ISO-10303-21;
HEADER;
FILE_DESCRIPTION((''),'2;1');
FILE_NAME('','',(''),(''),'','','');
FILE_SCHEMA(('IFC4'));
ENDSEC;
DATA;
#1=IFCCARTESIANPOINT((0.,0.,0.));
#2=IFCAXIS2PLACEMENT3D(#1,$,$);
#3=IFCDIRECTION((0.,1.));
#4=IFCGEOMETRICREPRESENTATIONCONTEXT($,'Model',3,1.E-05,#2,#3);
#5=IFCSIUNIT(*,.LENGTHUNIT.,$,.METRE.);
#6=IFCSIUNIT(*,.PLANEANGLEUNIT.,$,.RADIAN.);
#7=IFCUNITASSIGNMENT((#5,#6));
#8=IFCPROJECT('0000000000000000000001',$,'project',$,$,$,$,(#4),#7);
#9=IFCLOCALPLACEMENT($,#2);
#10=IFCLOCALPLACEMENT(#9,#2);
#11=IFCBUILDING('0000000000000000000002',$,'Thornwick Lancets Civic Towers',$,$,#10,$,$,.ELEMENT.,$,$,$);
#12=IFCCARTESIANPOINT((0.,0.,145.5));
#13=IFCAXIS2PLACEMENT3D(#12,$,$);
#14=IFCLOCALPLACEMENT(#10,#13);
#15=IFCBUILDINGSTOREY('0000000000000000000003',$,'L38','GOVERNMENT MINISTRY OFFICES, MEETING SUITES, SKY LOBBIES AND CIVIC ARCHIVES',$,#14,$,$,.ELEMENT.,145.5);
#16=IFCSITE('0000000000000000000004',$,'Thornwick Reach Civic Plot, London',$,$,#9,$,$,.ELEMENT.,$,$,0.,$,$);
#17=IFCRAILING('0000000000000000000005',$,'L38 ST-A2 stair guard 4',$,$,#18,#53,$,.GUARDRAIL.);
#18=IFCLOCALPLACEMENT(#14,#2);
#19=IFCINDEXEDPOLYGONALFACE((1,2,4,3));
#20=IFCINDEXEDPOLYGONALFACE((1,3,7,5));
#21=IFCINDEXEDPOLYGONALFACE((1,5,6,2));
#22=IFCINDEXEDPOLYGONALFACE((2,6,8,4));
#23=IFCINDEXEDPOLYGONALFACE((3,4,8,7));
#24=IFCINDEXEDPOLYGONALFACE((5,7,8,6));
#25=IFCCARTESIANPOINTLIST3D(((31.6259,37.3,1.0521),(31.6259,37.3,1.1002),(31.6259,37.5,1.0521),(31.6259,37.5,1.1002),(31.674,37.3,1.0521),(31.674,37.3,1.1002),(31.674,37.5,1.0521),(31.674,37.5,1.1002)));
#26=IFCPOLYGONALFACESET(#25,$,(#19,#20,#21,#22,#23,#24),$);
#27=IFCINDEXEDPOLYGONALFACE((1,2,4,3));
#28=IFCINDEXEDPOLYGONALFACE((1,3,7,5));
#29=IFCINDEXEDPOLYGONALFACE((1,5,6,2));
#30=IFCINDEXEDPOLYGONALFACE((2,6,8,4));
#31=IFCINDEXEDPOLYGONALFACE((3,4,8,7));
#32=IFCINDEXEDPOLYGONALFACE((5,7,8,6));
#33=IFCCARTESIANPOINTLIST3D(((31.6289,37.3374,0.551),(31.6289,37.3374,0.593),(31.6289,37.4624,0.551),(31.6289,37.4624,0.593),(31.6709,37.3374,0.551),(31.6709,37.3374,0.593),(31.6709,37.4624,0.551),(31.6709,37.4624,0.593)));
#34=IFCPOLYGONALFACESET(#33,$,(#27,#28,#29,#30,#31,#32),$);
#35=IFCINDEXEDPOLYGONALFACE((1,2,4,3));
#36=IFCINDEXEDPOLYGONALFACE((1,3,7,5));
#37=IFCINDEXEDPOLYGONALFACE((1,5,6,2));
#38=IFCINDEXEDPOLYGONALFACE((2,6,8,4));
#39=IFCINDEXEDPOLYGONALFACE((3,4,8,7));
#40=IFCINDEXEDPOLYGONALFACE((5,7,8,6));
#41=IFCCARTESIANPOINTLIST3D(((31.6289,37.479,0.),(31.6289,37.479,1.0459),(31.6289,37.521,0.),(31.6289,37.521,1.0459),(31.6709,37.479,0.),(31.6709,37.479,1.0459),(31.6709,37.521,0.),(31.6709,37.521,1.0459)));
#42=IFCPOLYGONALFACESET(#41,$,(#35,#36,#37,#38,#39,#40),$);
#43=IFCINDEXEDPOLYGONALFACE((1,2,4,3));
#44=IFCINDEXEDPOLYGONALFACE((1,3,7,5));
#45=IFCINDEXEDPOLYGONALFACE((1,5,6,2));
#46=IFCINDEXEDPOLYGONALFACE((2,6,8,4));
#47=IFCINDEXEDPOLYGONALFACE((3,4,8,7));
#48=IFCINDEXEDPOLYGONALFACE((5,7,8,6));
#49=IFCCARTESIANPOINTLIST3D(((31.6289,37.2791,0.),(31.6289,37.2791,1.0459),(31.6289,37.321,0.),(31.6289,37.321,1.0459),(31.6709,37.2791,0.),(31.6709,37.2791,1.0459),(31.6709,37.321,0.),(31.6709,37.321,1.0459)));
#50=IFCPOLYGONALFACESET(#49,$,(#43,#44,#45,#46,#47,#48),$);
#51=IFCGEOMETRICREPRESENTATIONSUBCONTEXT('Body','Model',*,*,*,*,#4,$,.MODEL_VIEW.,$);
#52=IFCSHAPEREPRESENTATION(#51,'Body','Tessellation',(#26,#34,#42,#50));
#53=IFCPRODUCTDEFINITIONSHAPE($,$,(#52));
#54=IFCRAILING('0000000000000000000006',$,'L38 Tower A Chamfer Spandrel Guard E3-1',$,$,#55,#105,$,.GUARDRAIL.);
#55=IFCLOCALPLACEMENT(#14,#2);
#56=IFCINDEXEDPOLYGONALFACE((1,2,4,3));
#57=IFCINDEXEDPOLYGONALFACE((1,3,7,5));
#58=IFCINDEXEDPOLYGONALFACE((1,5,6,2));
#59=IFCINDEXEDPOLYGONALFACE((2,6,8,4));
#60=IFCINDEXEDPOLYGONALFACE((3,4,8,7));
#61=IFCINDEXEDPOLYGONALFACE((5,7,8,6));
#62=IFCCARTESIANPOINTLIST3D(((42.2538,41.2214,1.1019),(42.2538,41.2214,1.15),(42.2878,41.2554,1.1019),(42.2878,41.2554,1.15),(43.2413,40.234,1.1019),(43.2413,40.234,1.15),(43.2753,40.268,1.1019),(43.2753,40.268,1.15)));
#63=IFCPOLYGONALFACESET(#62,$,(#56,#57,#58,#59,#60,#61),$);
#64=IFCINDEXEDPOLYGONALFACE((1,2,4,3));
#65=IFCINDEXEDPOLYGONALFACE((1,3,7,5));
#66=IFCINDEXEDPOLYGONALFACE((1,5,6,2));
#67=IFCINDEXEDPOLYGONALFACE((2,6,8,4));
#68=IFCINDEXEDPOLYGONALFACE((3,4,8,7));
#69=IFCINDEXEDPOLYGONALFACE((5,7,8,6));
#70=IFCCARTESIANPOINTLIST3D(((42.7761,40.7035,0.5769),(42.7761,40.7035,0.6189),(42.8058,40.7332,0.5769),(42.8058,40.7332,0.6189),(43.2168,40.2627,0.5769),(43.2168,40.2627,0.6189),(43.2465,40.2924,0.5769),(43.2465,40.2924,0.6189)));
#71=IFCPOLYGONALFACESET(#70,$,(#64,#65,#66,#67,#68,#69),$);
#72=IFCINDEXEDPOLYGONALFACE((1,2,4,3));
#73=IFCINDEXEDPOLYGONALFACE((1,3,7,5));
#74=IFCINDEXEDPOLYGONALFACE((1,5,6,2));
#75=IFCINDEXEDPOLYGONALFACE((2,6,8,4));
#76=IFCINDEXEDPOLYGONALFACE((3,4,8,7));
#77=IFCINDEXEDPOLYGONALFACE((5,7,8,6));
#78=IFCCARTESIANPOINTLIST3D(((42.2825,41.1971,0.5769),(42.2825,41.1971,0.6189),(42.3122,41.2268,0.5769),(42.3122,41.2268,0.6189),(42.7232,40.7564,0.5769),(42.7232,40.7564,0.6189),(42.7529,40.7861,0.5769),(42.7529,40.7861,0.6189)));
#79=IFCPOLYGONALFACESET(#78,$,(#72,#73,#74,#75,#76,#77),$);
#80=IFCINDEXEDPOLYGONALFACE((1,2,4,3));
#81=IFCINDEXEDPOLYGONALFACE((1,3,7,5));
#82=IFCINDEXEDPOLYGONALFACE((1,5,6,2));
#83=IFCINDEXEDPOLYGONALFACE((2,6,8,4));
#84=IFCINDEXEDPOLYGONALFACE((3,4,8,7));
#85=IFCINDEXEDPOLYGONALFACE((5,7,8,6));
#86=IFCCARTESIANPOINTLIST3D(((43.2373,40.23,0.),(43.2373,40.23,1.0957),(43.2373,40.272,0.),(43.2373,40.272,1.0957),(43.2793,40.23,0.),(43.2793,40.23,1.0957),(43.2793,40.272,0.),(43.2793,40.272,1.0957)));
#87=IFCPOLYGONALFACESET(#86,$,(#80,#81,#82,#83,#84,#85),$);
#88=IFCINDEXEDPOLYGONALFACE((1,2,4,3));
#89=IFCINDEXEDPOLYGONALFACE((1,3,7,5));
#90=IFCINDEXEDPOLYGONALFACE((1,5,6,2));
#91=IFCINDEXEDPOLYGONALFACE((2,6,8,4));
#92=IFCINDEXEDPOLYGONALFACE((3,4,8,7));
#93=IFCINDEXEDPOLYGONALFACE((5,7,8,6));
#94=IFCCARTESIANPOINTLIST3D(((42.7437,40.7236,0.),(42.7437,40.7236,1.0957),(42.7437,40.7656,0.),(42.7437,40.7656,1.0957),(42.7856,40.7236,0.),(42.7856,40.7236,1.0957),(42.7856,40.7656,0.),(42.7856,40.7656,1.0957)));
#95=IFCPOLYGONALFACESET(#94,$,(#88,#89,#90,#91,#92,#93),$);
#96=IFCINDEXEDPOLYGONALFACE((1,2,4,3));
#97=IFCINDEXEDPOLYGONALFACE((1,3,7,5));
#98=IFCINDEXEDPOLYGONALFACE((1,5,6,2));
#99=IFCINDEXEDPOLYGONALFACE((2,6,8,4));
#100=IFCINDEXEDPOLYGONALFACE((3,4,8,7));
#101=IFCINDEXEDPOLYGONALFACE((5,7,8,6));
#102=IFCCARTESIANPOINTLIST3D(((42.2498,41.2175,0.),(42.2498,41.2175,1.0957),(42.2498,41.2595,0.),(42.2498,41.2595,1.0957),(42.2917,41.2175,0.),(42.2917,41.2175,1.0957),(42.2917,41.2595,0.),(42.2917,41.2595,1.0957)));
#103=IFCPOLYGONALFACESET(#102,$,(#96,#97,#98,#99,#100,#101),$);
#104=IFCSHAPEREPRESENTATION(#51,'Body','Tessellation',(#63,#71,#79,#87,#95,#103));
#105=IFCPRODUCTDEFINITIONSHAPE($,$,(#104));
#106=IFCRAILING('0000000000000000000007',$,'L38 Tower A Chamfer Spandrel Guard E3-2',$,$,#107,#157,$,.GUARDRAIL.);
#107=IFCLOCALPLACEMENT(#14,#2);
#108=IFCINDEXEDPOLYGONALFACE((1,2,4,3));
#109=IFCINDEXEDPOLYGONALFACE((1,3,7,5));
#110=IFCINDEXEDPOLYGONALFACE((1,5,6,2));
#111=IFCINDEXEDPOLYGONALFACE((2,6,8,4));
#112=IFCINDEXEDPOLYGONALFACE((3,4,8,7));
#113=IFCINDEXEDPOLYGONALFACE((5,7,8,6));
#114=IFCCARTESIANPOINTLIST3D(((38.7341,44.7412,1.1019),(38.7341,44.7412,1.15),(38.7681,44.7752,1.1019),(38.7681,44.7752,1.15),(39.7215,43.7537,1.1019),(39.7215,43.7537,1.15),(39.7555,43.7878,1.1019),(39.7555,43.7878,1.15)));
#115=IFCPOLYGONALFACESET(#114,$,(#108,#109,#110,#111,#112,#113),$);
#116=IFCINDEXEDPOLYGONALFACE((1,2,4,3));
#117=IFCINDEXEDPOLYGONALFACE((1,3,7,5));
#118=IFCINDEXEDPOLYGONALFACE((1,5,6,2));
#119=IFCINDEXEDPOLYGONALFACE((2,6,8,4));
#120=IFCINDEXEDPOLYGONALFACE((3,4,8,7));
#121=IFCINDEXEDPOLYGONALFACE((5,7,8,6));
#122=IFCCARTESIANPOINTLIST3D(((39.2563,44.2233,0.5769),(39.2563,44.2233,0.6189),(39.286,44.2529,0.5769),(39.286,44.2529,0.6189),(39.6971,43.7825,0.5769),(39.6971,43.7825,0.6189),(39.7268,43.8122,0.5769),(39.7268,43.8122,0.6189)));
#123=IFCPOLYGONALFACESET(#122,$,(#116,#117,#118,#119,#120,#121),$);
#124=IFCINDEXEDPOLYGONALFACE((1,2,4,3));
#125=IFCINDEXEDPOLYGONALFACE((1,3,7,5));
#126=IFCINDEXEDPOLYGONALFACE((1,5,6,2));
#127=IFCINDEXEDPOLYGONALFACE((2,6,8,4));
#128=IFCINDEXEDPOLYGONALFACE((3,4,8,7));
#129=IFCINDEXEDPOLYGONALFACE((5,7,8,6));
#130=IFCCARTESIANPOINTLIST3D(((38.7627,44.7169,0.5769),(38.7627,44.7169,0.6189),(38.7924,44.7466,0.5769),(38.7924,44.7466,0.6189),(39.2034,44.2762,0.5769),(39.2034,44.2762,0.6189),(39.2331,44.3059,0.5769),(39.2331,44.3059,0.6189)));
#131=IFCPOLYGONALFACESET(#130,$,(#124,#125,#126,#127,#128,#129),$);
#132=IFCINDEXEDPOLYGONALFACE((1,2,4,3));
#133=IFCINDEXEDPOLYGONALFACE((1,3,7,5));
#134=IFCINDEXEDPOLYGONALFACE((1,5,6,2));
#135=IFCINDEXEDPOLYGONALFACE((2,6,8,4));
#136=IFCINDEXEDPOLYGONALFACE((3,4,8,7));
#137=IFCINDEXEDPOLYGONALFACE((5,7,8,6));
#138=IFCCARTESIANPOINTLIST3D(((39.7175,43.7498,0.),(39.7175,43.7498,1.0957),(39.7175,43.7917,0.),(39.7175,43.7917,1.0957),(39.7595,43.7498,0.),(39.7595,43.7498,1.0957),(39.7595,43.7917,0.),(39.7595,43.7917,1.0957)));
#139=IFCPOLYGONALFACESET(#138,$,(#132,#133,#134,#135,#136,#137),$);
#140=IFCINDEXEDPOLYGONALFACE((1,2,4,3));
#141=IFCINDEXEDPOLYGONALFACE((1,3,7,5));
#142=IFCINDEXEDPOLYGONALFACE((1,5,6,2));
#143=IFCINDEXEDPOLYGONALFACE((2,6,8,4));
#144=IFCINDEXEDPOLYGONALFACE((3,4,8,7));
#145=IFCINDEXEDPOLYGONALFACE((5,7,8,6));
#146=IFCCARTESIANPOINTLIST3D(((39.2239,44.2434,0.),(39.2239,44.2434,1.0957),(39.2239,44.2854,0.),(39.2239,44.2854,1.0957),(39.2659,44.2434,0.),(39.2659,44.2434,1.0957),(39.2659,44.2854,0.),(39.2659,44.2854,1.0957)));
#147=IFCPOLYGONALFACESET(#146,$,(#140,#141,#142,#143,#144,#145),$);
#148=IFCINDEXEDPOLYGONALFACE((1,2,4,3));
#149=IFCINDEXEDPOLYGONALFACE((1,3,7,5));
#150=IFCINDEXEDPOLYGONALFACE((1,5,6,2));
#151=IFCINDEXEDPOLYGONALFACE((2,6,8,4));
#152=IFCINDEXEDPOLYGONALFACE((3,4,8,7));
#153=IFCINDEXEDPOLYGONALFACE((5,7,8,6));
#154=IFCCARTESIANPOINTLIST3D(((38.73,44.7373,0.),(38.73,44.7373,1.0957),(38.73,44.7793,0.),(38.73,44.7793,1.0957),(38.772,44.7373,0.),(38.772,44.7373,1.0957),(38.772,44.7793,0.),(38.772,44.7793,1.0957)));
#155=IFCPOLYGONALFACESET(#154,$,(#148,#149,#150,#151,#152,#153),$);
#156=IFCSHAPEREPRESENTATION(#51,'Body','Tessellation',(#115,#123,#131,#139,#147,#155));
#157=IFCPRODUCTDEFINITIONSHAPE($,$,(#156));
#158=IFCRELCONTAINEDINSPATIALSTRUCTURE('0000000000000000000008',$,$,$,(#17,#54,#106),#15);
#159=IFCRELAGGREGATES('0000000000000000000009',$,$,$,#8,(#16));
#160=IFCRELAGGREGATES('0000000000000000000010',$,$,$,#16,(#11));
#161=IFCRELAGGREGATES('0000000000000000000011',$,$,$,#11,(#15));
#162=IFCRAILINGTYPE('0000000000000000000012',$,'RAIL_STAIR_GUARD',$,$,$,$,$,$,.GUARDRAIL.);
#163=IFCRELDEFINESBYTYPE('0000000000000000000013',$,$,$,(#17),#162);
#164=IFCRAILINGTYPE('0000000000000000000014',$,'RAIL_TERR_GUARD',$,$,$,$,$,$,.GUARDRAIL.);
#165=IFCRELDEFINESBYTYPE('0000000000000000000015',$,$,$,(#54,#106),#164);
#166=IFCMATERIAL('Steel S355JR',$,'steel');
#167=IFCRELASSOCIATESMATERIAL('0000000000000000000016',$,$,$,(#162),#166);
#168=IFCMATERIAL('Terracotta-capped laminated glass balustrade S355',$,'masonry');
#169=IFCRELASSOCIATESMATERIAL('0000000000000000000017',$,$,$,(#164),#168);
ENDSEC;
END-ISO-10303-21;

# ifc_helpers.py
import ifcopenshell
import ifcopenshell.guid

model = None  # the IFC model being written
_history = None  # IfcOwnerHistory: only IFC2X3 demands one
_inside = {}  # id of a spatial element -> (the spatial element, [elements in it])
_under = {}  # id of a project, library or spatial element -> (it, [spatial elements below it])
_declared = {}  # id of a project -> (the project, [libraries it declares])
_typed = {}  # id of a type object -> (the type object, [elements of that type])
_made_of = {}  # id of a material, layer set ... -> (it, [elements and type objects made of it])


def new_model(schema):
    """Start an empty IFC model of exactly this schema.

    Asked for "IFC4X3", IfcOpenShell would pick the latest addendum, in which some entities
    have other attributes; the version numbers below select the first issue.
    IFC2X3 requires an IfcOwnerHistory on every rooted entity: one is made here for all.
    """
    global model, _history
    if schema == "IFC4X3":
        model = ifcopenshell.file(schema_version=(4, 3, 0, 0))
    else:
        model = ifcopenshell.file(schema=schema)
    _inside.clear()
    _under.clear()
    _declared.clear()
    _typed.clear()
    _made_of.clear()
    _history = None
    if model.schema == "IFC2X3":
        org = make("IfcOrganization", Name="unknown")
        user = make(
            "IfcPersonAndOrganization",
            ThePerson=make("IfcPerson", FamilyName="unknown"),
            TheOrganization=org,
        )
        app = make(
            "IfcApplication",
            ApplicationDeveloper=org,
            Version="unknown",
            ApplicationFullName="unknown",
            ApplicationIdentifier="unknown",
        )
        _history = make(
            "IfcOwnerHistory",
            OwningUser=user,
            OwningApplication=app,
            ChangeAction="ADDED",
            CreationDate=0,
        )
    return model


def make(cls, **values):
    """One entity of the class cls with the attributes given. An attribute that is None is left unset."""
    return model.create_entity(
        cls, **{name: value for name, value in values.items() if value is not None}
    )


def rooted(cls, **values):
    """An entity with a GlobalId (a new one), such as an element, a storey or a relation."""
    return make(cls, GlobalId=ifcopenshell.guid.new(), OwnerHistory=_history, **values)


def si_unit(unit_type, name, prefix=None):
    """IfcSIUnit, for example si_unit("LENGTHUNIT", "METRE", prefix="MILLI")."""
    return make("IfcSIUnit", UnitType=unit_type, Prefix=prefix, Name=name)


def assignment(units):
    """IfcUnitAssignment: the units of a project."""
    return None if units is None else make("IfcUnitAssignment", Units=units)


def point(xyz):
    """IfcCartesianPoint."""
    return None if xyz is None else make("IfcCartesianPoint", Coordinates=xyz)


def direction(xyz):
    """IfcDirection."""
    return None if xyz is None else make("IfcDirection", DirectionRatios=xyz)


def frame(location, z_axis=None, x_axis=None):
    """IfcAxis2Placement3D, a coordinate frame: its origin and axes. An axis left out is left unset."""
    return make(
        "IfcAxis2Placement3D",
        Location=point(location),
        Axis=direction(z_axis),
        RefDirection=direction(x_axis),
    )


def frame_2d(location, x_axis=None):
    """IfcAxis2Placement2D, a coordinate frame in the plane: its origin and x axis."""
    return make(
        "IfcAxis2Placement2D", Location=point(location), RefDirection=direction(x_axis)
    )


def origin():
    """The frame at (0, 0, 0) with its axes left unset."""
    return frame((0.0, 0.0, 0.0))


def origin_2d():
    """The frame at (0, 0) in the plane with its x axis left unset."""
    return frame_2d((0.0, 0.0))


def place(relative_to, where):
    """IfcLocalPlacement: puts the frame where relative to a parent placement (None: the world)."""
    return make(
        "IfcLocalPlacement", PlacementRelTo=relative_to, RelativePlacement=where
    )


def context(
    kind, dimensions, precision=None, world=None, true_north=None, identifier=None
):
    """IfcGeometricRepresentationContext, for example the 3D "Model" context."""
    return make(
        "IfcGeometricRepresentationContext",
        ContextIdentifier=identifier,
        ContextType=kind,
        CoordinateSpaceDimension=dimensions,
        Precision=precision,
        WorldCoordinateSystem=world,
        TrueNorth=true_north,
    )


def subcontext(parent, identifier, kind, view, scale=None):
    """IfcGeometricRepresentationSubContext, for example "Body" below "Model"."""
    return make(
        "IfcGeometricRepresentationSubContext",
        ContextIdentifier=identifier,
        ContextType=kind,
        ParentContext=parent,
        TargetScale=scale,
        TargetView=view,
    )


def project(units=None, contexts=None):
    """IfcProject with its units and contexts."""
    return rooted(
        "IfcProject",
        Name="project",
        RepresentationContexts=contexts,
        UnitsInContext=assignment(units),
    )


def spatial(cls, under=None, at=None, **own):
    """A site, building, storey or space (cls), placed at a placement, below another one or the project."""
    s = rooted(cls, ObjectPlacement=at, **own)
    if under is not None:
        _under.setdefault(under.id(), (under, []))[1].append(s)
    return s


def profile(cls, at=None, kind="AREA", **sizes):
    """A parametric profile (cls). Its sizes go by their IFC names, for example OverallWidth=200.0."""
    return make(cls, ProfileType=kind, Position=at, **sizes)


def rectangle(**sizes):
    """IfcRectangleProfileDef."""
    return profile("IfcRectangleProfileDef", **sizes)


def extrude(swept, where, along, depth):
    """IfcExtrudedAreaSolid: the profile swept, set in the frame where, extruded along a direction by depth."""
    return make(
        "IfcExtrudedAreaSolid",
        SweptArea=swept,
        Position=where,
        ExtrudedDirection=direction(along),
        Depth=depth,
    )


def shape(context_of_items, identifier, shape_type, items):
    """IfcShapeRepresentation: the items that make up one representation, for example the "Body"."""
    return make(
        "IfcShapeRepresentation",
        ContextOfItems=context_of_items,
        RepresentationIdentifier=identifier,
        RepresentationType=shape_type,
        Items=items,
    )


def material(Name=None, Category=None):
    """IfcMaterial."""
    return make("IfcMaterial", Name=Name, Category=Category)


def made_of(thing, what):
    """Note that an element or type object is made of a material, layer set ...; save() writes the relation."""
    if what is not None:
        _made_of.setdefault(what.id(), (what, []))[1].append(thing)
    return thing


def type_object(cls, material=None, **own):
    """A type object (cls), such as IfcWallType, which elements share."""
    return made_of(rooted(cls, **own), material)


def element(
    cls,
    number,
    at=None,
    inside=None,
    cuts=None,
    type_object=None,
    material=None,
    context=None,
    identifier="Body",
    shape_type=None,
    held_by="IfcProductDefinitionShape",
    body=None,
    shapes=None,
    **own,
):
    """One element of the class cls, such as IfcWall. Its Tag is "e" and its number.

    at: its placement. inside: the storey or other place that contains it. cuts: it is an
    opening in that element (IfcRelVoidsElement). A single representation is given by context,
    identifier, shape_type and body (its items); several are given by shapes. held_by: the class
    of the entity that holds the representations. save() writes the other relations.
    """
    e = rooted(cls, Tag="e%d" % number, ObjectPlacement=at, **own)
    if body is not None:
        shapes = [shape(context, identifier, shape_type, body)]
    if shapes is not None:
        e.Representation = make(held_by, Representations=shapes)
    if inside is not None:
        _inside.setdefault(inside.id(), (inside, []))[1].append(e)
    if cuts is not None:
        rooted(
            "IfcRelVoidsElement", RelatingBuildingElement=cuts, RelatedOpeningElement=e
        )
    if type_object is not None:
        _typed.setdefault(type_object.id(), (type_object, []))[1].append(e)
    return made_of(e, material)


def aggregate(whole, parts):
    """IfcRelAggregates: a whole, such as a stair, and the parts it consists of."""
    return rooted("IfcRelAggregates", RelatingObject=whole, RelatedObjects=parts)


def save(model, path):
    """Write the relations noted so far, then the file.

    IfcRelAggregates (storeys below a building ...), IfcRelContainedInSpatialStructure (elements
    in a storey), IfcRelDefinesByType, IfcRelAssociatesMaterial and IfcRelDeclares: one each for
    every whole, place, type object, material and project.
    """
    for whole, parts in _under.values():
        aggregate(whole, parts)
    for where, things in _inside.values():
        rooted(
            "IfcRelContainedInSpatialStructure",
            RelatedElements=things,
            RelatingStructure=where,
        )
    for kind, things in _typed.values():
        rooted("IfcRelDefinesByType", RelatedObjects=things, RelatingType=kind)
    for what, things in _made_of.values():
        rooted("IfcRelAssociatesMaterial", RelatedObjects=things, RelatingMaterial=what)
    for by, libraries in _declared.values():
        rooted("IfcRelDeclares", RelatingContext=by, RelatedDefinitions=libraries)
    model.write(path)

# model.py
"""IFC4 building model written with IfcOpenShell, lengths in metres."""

from ifc_helpers import new_model, si_unit, direction, frame, origin, origin_2d, place, context, subcontext, project, spatial, rectangle, extrude, material, type_object, element, save


model = new_model("IFC4")

# Units and contexts
model_context = context("Model", 3, precision=1e-05, world=origin(), true_north=direction((0.0, 1.0)))
body_context = subcontext(model_context, "Body", "Model", "MODEL_VIEW")
ifc_project = project(units=[si_unit("LENGTHUNIT", "METRE"), si_unit("PLANEANGLEUNIT", "RADIAN")], contexts=[model_context])

# Site, building, storey
site_placement = place(None, origin())
site = spatial("IfcSite", under=ifc_project, at=site_placement, Name="Thornwick Reach Civic Plot, London", CompositionType="ELEMENT", RefElevation=0.0)
building_placement = place(site_placement, origin())
building = spatial("IfcBuilding", under=site, at=building_placement, Name="Thornwick Lancets Civic Towers", CompositionType="ELEMENT")
storey_placement = place(building_placement, frame((0.0, 0.0, 145.5)))
storey = spatial("IfcBuildingStorey", under=building, at=storey_placement, Name="L38", Description="GOVERNMENT MINISTRY OFFICES, MEETING SUITES, SKY LOBBIES AND CIVIC ARCHIVES", CompositionType="ELEMENT", Elevation=145.5)

# Shared definitions
ifc_material_1 = material(Name="Steel S355JR", Category="steel")

# Railings
railing_type_1 = type_object("IfcRailingType", Name="RAIL_STAIR_GUARD", PredefinedType="GUARDRAIL", material=ifc_material_1)
railing_1_placement = place(storey_placement, frame((31.6499, 37.5, 0.0)))
element("IfcRailing", 1, at=railing_1_placement, inside=storey, type_object=railing_type_1, Name="L38 ST-A2 stair guard 4", PredefinedType="GUARDRAIL", context=body_context, shape_type="SweptSolid", body=[
    extrude(rectangle(XDim=0.0481, YDim=0.0481, at=origin_2d()), frame((0.0, 0.0, 1.0762), z_axis=(0.0, -1.0, 0.0), x_axis=(1.0, 0.0, 0.0)), (0.0, 0.0, 1.0), 0.2),
    extrude(rectangle(XDim=0.042, YDim=0.042, at=origin_2d()), frame((0.0, -0.0376, 0.572), z_axis=(0.0, -1.0, 0.0), x_axis=(1.0, 0.0, 0.0)), (0.0, 0.0, 1.0), 0.125),
    extrude(rectangle(XDim=0.042, YDim=0.042, at=origin_2d()), origin(), (0.0, 0.0, 1.0), 1.0459),
    extrude(rectangle(XDim=0.042, YDim=0.042, at=origin_2d()), frame((0.0, -0.2, 0.0)), (0.0, 0.0, 1.0), 1.0459),
])
ifc_material_2 = material(Name="Terracotta-capped laminated glass balustrade S355", Category="masonry")
railing_type_2 = type_object("IfcRailingType", Name="RAIL_TERR_GUARD", PredefinedType="GUARDRAIL", material=ifc_material_2)
for number, where, name in (
    (2, (43.2583, 40.251, 0.0), "L38 Tower A Chamfer Spandrel Guard E3-1"),
    (3, (39.7385, 43.7708, 0.0), "L38 Tower A Chamfer Spandrel Guard E3-2"),
):
    element("IfcRailing", number, at=place(storey_placement, frame(where)), inside=storey, type_object=railing_type_2, Name=name, PredefinedType="GUARDRAIL", context=body_context, shape_type="SweptSolid", body=[
        extrude(rectangle(XDim=0.0481, YDim=0.0481, at=origin_2d()), frame((0.0, 0.0, 1.126), z_axis=(-0.707107, 0.707107, 0.0), x_axis=(-0.707107, -0.707107, 0.0)), (0.0, 0.0, 1.0), 1.3965),
        extrude(rectangle(XDim=0.042, YDim=0.042, at=origin_2d()), frame((-0.0266, 0.0266, 0.5979), z_axis=(-0.707107, 0.707107, 0.0), x_axis=(-0.707107, -0.707107, 0.0)), (0.0, 0.0, 1.0), 0.6233),
        extrude(rectangle(XDim=0.042, YDim=0.042, at=origin_2d()), frame((-0.5203, 0.5203, 0.5979), z_axis=(-0.707107, 0.707107, 0.0), x_axis=(-0.707107, -0.707107, 0.0)), (0.0, 0.0, 1.0), 0.6233),
        extrude(rectangle(XDim=0.042, YDim=0.042, at=origin_2d()), origin(), (0.0, 0.0, 1.0), 1.0957),
        extrude(rectangle(XDim=0.042, YDim=0.042, at=origin_2d()), frame((-0.4937, 0.4937, 0.0)), (0.0, 0.0, 1.0), 1.0957),
        extrude(rectangle(XDim=0.042, YDim=0.042, at=origin_2d()), frame((-0.9875, 0.9875, 0.0)), (0.0, 0.0, 1.0), 1.0957),
    ])

save(model, "model.ifc")
